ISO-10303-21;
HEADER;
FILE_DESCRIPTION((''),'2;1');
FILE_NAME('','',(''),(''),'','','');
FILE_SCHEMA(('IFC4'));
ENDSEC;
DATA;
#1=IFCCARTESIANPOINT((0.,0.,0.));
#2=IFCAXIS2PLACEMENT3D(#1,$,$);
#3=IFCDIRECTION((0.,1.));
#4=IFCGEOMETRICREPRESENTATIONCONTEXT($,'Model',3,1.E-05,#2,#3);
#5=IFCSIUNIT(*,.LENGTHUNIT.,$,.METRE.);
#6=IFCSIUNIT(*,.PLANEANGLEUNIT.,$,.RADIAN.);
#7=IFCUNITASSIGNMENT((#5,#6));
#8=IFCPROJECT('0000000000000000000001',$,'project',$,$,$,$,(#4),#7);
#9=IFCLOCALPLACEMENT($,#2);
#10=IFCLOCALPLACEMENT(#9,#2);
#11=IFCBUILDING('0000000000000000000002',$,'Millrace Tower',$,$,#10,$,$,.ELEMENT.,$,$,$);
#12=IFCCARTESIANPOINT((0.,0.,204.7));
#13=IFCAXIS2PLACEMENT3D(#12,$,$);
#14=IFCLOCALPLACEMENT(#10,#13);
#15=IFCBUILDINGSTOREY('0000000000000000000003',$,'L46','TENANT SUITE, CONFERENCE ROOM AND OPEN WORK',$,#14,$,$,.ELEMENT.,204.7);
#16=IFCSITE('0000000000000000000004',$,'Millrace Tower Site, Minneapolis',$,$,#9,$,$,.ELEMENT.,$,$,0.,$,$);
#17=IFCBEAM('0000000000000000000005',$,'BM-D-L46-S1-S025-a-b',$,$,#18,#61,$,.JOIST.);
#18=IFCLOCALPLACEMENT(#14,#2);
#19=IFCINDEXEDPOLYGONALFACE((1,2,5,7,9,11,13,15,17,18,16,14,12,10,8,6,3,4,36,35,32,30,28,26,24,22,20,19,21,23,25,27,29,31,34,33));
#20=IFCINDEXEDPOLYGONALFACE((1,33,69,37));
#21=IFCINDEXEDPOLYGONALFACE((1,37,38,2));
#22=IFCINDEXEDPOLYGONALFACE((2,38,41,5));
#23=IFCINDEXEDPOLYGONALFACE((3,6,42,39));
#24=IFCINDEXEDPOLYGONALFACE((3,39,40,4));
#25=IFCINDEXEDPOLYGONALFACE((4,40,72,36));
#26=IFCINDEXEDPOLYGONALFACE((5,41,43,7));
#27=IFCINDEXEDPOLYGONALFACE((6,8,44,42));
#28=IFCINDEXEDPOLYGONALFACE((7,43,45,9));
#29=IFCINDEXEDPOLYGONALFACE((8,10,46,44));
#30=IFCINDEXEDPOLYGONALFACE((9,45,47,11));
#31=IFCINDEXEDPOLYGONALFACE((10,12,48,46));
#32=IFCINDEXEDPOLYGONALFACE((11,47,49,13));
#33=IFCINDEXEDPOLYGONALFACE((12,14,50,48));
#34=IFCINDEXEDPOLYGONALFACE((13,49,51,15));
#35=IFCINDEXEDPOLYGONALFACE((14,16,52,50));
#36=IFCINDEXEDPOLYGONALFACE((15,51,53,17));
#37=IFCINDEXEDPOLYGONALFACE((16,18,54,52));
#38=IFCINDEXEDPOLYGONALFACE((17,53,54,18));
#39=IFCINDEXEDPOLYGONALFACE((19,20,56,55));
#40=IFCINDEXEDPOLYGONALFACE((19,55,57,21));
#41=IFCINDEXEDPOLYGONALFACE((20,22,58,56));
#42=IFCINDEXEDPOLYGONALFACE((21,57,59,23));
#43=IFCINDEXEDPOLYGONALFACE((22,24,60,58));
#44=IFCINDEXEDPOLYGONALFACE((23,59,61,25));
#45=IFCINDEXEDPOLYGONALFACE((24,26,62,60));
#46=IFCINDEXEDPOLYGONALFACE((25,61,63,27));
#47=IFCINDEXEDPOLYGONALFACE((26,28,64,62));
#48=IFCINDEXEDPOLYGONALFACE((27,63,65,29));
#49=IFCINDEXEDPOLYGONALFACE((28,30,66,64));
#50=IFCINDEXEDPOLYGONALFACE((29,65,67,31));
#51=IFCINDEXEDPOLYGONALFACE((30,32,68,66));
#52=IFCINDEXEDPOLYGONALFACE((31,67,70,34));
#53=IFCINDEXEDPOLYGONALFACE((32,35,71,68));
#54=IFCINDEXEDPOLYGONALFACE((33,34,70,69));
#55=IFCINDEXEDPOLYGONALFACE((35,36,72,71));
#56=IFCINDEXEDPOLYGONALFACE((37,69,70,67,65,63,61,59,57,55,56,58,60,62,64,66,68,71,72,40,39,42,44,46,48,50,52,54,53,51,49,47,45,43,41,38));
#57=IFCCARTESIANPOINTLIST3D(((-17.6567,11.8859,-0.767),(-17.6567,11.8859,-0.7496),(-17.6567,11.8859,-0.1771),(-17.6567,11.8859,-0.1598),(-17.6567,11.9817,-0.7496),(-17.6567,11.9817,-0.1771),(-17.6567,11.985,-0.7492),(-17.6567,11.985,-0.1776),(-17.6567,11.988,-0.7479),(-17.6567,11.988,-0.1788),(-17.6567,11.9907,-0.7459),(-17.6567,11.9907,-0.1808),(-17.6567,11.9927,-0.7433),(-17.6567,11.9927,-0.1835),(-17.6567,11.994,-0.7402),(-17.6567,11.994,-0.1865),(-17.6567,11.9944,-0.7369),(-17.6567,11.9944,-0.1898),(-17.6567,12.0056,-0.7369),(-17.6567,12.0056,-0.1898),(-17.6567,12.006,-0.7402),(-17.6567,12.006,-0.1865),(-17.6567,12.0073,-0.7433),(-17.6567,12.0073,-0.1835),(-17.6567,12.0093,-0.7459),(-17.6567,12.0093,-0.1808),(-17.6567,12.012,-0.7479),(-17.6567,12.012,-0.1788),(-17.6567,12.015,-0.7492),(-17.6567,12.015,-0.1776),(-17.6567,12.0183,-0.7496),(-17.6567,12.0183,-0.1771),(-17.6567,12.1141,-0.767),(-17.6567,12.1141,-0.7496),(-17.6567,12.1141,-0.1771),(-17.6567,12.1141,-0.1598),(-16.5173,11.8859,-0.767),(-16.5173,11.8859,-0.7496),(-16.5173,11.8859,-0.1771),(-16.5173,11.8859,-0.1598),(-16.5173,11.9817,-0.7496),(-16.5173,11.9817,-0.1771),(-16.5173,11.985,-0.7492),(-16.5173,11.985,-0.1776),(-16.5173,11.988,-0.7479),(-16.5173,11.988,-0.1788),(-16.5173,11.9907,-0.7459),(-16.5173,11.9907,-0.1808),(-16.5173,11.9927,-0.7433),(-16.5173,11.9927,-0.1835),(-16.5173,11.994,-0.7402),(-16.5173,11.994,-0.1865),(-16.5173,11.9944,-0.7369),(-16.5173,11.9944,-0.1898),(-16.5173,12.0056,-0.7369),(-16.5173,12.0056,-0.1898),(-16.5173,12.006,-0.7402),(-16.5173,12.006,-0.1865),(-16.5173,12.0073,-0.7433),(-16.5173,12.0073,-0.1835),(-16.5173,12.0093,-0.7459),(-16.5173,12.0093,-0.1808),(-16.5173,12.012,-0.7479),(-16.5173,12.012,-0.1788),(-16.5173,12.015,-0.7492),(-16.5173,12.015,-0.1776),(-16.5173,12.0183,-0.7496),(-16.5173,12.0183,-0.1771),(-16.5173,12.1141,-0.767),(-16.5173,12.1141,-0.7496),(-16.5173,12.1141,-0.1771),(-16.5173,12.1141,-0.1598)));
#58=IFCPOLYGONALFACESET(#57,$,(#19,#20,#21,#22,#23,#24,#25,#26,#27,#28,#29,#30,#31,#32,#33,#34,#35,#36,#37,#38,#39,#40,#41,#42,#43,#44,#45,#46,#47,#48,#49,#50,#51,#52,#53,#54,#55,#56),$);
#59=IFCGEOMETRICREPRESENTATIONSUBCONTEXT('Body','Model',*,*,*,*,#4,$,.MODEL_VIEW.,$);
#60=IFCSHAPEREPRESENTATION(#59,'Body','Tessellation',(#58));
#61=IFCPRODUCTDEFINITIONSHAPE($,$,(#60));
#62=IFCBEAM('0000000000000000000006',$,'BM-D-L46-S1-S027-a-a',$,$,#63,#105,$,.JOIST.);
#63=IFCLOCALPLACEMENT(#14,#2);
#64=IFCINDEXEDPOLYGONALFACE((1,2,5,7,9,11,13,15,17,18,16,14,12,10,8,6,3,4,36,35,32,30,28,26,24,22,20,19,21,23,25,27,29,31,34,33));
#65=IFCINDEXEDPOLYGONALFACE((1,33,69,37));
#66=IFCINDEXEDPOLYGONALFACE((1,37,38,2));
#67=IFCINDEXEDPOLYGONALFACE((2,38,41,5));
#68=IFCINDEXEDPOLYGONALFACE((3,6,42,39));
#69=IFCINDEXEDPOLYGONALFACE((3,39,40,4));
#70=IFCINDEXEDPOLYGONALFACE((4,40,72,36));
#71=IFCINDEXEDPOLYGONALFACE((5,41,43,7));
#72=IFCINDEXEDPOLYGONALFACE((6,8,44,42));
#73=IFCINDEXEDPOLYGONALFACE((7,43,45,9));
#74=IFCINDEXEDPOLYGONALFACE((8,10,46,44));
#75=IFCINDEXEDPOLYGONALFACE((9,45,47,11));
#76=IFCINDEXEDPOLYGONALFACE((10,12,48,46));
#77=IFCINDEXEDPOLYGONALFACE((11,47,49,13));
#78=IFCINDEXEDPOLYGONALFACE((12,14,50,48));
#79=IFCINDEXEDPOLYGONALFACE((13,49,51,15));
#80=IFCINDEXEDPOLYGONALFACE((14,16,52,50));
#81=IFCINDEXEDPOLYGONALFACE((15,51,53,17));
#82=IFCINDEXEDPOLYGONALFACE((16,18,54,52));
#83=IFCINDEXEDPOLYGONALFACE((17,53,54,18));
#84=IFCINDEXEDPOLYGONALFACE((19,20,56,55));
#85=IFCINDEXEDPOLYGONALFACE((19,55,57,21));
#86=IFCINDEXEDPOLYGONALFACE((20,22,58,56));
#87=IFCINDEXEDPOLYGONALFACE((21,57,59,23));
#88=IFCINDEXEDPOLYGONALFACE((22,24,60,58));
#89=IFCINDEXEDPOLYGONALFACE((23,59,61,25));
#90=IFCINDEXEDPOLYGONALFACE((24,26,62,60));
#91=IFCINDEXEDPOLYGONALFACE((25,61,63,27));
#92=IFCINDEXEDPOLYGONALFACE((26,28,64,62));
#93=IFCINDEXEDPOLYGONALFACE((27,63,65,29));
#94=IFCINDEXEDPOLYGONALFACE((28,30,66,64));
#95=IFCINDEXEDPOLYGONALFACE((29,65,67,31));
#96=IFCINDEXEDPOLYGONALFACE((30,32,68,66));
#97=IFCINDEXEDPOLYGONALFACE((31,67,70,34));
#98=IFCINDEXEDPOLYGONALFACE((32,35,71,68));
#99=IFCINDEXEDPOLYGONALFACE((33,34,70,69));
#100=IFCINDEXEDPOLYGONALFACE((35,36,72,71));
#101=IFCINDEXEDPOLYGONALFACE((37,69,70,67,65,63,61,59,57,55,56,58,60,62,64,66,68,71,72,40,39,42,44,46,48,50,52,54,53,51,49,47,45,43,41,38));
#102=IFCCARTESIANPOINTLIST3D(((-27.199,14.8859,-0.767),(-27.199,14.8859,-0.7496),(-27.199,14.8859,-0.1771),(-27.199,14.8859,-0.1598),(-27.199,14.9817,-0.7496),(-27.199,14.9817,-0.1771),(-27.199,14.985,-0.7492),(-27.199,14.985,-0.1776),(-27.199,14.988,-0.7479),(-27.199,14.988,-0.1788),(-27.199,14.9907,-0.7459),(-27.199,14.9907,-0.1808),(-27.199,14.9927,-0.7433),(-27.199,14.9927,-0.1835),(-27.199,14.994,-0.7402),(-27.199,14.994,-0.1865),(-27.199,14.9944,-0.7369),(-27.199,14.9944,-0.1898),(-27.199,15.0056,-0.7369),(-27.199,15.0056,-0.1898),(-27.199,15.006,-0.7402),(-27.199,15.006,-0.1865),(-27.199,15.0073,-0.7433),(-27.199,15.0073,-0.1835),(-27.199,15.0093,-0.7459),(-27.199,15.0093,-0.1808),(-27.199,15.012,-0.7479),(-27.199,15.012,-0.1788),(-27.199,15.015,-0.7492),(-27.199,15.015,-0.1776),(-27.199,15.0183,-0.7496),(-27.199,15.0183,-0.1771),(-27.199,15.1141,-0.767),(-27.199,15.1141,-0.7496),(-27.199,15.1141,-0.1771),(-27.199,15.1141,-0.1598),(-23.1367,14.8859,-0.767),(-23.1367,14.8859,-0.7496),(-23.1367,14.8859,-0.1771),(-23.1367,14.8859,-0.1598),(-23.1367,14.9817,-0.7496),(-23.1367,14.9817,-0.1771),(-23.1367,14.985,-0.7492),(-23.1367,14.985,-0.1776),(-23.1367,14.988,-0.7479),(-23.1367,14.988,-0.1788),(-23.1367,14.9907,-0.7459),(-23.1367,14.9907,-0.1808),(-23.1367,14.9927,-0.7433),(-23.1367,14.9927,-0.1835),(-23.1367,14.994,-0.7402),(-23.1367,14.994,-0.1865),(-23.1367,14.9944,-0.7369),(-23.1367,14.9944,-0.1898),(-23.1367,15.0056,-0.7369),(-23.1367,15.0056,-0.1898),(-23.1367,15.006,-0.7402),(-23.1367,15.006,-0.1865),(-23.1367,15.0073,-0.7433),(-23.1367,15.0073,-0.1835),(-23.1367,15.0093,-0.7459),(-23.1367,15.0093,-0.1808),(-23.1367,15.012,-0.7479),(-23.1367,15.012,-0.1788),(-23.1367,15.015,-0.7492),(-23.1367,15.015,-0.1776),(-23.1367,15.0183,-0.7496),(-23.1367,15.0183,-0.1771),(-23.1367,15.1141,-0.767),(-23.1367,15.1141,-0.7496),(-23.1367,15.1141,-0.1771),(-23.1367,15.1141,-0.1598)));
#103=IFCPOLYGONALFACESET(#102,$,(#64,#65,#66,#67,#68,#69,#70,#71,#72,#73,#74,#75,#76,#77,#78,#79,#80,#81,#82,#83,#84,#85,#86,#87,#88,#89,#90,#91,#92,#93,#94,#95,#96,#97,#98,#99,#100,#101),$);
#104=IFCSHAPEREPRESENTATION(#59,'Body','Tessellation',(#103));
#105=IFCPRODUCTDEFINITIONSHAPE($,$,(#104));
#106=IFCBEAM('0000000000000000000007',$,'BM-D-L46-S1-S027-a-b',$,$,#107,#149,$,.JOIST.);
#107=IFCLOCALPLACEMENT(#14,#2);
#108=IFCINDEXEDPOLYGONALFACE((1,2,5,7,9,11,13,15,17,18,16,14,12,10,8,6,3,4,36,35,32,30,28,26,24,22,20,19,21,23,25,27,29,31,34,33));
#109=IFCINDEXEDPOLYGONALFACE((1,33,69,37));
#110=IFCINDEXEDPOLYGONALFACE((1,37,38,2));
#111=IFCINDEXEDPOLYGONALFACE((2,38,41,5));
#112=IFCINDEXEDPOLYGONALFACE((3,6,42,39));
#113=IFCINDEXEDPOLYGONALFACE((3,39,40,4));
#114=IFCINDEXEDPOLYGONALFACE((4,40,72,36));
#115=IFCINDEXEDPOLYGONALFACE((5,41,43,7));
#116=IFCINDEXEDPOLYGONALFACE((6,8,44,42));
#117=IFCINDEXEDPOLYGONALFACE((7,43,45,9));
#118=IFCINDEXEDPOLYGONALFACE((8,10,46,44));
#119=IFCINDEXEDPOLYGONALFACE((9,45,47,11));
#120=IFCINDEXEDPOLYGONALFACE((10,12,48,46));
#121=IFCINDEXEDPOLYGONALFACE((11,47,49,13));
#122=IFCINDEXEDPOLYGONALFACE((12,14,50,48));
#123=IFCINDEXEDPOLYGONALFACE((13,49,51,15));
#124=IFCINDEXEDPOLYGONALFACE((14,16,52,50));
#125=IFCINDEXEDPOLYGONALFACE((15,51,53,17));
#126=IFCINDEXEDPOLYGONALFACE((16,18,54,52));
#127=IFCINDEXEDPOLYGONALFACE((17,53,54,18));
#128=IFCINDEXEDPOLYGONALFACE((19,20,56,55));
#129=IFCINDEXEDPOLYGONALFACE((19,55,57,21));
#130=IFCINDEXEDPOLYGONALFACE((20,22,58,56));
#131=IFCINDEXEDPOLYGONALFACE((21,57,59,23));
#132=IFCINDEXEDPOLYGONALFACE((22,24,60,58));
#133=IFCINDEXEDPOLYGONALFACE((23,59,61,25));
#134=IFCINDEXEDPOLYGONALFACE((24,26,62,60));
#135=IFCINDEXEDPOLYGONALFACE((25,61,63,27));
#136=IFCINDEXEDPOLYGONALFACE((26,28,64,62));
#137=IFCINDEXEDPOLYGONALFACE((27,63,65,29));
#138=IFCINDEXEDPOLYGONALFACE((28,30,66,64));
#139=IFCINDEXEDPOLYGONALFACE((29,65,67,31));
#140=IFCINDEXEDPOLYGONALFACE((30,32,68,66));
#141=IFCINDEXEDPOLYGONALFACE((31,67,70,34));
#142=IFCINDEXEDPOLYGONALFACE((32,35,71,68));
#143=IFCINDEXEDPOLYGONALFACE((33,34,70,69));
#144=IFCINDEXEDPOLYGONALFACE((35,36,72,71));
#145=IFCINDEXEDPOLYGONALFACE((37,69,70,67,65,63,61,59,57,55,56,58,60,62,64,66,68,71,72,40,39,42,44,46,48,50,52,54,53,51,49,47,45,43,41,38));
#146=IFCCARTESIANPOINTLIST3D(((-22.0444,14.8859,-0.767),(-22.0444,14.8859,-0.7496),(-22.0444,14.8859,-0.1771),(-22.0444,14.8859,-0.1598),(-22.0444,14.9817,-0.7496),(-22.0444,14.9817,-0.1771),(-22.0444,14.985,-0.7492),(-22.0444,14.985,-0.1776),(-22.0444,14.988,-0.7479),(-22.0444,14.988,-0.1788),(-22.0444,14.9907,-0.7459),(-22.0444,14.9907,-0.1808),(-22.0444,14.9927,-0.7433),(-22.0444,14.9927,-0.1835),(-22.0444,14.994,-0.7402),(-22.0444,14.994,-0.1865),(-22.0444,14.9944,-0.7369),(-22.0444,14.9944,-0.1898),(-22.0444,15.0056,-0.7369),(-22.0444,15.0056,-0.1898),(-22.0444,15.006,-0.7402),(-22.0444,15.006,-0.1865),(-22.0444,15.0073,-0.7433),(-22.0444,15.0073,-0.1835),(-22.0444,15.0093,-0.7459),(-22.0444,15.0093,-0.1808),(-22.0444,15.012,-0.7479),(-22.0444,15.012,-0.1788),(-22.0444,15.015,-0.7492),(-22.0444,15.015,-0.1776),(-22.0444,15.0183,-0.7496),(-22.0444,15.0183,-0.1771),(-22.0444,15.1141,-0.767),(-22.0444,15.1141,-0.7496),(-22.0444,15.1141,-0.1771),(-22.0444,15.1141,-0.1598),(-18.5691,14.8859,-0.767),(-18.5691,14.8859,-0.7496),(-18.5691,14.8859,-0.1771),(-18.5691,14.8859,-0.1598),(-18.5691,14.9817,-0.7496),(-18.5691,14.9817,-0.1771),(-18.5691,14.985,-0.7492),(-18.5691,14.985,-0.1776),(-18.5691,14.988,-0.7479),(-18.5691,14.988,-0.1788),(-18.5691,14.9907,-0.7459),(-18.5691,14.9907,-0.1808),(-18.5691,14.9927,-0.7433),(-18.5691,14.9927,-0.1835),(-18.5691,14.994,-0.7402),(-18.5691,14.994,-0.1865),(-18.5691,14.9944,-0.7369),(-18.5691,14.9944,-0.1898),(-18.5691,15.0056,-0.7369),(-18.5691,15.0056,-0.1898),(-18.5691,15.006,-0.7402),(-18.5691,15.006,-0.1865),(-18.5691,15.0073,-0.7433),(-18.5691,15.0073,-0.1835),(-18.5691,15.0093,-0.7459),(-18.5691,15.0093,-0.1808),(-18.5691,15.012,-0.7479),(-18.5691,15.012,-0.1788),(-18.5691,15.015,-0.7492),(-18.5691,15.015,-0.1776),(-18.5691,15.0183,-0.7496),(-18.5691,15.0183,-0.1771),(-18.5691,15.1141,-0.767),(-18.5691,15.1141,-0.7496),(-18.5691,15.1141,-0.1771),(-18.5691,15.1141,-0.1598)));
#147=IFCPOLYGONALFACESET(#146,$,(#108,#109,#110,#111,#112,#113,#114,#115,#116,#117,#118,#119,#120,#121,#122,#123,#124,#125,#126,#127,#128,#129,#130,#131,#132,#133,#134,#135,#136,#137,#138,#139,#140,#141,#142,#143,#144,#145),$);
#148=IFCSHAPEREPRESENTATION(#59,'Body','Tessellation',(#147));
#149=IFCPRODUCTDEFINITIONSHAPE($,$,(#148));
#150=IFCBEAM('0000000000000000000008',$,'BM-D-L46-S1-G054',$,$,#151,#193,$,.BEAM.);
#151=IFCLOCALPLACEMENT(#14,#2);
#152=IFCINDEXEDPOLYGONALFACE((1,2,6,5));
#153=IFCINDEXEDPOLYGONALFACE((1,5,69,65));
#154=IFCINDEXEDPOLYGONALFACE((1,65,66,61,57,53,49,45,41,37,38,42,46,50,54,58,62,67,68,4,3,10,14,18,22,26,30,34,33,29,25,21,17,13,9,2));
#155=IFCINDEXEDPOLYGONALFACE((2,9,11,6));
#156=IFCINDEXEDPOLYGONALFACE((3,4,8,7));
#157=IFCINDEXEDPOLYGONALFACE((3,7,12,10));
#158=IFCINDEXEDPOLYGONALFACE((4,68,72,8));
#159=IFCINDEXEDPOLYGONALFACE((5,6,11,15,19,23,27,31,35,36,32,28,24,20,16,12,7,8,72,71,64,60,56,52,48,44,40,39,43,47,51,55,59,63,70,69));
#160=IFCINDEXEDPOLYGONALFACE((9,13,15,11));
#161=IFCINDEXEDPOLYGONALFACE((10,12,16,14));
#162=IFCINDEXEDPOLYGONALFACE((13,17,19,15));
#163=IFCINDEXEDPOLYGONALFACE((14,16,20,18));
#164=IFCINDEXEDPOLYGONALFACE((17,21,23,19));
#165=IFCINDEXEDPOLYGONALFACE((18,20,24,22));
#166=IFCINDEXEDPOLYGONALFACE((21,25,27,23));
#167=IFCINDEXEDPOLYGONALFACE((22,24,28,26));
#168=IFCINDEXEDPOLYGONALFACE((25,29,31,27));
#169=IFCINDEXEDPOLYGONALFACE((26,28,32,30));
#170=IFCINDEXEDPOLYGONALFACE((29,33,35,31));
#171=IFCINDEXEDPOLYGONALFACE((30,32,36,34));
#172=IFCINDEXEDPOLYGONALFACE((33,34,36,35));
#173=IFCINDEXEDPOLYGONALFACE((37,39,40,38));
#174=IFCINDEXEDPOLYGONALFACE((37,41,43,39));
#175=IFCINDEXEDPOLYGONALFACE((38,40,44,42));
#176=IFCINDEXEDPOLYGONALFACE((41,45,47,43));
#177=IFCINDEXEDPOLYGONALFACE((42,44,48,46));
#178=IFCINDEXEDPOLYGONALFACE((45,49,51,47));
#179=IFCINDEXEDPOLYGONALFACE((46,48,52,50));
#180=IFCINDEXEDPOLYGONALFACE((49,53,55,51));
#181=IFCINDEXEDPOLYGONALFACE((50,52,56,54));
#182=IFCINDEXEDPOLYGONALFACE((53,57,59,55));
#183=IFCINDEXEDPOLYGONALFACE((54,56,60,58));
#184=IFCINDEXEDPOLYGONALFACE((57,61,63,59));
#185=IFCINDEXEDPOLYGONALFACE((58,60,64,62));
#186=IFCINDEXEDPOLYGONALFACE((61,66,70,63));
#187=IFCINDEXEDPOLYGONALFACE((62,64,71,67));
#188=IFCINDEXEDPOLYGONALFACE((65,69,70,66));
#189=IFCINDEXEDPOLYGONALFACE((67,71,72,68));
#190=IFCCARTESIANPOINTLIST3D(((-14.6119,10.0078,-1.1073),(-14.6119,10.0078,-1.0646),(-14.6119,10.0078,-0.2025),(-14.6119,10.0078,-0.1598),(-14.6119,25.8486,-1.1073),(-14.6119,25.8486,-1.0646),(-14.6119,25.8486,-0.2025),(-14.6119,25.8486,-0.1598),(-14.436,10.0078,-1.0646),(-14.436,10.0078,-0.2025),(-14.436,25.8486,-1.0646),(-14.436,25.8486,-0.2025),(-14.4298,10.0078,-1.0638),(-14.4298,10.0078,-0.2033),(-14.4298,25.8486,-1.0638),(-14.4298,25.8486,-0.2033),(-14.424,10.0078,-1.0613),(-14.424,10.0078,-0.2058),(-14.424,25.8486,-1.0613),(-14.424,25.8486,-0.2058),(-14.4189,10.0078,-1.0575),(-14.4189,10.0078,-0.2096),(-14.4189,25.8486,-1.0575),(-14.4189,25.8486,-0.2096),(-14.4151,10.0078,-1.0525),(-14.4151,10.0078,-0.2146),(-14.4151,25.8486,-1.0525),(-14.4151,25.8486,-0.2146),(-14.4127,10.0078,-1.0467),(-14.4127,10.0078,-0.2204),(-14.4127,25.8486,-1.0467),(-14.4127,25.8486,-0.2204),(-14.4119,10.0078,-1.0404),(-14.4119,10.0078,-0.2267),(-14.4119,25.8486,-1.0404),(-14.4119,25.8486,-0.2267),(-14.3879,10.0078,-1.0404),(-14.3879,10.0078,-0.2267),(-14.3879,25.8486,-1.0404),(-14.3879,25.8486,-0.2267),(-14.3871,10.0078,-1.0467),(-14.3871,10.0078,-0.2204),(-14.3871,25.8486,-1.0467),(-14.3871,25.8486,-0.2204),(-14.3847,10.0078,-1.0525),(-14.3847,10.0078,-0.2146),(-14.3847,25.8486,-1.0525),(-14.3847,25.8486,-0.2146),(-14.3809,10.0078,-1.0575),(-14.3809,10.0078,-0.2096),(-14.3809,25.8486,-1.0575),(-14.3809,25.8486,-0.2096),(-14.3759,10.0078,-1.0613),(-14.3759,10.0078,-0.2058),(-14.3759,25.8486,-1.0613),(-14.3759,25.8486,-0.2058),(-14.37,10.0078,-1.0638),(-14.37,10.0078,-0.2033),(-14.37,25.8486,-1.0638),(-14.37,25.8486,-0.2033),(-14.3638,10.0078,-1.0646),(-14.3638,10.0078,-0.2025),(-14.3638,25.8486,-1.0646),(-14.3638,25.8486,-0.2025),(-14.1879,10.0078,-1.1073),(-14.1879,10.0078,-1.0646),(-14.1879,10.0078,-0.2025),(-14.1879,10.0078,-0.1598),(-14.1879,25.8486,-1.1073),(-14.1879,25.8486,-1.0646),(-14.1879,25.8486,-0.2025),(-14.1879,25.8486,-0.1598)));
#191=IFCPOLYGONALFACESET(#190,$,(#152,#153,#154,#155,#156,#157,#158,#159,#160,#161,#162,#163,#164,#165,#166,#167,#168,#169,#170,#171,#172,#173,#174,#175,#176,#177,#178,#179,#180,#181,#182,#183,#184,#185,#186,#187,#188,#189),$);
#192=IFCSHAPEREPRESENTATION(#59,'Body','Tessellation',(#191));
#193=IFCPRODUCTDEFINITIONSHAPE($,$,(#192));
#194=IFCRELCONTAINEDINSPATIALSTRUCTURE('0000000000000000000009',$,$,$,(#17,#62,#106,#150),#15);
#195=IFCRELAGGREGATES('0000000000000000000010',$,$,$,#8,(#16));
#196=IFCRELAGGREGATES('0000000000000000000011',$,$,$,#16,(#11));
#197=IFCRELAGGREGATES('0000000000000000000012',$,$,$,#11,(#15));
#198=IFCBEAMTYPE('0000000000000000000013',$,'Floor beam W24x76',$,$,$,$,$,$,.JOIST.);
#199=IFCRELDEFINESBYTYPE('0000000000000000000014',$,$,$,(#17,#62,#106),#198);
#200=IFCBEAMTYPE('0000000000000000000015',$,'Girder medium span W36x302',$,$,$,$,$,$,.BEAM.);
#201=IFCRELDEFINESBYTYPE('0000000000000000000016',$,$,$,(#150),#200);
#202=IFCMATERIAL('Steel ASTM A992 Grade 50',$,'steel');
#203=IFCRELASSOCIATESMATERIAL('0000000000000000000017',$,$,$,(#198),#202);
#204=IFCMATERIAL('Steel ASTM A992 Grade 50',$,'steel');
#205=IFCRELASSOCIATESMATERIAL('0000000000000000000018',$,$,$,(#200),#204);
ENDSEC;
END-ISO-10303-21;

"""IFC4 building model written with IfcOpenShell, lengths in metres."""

from ifc_helpers import new_model, si_unit, direction, frame, origin, origin_2d, place, context, subcontext, project, spatial, i_section, extrude, material, material_profile, profile_set, type_object, element, save


model = new_model("IFC4")

# Units and contexts
model_context = context("Model", 3, precision=1e-05, world=origin(), true_north=direction((0.0, 1.0)))
body_context = subcontext(model_context, "Body", "Model", "MODEL_VIEW")
ifc_project = project(units=[si_unit("LENGTHUNIT", "METRE"), si_unit("PLANEANGLEUNIT", "RADIAN")], contexts=[model_context])

# Site, building, storey
site_placement = place(None, origin())
site = spatial("IfcSite", under=ifc_project, at=site_placement, Name="Millrace Tower Site, Minneapolis", CompositionType="ELEMENT", RefElevation=0.0)
building_placement = place(site_placement, origin())
building = spatial("IfcBuilding", under=site, at=building_placement, Name="Millrace Tower", CompositionType="ELEMENT")
storey_placement = place(building_placement, frame((0.0, 0.0, 204.7)))
storey = spatial("IfcBuildingStorey", under=building, at=storey_placement, Name="L46", Description="TENANT SUITE, CONFERENCE ROOM AND OPEN WORK", CompositionType="ELEMENT", Elevation=204.7)

# Beams
ifc_material_1 = material(Name="Steel ASTM A992 Grade 50", Category="steel")
ifc_material_profile_1 = material_profile(ifc_material_1, i_section(OverallWidth=0.2283, OverallDepth=0.6072, WebThickness=0.0112, FlangeThickness=0.0173, FilletRadius=0.0127, at=origin_2d()))
ifc_profile_set_1 = profile_set([ifc_material_profile_1], Name="Steel ASTM A992 Grade 50")
beam_type_1 = type_object("IfcBeamType", Name="Floor beam W24x76", PredefinedType="JOIST", material=ifc_profile_set_1)
beam_1_placement = place(storey_placement, frame((-17.6567, 12.0, -0.4634), z_axis=(1.0, 0.0, 0.0), x_axis=(0.0, 1.0, 0.0)))
element("IfcBeam", 1, at=beam_1_placement, inside=storey, type_object=beam_type_1, Name="BM-D-L46-S1-S025-a-b", PredefinedType="JOIST", context=body_context, shape_type="SweptSolid", body=[
    extrude(i_section(OverallWidth=0.2283, OverallDepth=0.6072, WebThickness=0.0112, FlangeThickness=0.0173, FilletRadius=0.0127, at=origin_2d()), origin(), (0.0, 0.0, 1.0), 1.1394),
])
beam_2_placement = place(storey_placement, frame((-27.199, 15.0, -0.4634), z_axis=(1.0, 0.0, 0.0), x_axis=(0.0, 1.0, 0.0)))
element("IfcBeam", 2, at=beam_2_placement, inside=storey, type_object=beam_type_1, Name="BM-D-L46-S1-S027-a-a", PredefinedType="JOIST", context=body_context, shape_type="SweptSolid", body=[
    extrude(i_section(OverallWidth=0.2283, OverallDepth=0.6072, WebThickness=0.0112, FlangeThickness=0.0173, FilletRadius=0.0127, at=origin_2d()), origin(), (0.0, 0.0, 1.0), 4.0623),
])
beam_3_placement = place(storey_placement, frame((-22.0444, 15.0, -0.4634), z_axis=(1.0, 0.0, 0.0), x_axis=(0.0, 1.0, 0.0)))
element("IfcBeam", 3, at=beam_3_placement, inside=storey, type_object=beam_type_1, Name="BM-D-L46-S1-S027-a-b", PredefinedType="JOIST", context=body_context, shape_type="SweptSolid", body=[
    extrude(i_section(OverallWidth=0.2283, OverallDepth=0.6072, WebThickness=0.0112, FlangeThickness=0.0173, FilletRadius=0.0127, at=origin_2d()), origin(), (0.0, 0.0, 1.0), 3.4753),
])
ifc_material_2 = material(Name="Steel ASTM A992 Grade 50", Category="steel")
ifc_material_profile_2 = material_profile(ifc_material_2, i_section(OverallWidth=0.4241, OverallDepth=0.9475, WebThickness=0.0239, FlangeThickness=0.0427, FilletRadius=0.0242, at=origin_2d()))
ifc_profile_set_2 = profile_set([ifc_material_profile_2], Name="Steel ASTM A992 Grade 50")
beam_type_2 = type_object("IfcBeamType", Name="Girder medium span W36x302", PredefinedType="BEAM", material=ifc_profile_set_2)
beam_4_placement = place(storey_placement, frame((-14.3999, 10.0078, -0.6335), z_axis=(0.0, 1.0, 0.0), x_axis=(-1.0, 0.0, 0.0)))
element("IfcBeam", 4, at=beam_4_placement, inside=storey, type_object=beam_type_2, Name="BM-D-L46-S1-G054", PredefinedType="BEAM", context=body_context, shape_type="SweptSolid", body=[
    extrude(i_section(OverallWidth=0.4241, OverallDepth=0.9475, WebThickness=0.0239, FlangeThickness=0.0427, FilletRadius=0.0242, at=origin_2d()), origin(), (0.0, 0.0, 1.0), 15.8408),
])

save(model, "model.ifc")
